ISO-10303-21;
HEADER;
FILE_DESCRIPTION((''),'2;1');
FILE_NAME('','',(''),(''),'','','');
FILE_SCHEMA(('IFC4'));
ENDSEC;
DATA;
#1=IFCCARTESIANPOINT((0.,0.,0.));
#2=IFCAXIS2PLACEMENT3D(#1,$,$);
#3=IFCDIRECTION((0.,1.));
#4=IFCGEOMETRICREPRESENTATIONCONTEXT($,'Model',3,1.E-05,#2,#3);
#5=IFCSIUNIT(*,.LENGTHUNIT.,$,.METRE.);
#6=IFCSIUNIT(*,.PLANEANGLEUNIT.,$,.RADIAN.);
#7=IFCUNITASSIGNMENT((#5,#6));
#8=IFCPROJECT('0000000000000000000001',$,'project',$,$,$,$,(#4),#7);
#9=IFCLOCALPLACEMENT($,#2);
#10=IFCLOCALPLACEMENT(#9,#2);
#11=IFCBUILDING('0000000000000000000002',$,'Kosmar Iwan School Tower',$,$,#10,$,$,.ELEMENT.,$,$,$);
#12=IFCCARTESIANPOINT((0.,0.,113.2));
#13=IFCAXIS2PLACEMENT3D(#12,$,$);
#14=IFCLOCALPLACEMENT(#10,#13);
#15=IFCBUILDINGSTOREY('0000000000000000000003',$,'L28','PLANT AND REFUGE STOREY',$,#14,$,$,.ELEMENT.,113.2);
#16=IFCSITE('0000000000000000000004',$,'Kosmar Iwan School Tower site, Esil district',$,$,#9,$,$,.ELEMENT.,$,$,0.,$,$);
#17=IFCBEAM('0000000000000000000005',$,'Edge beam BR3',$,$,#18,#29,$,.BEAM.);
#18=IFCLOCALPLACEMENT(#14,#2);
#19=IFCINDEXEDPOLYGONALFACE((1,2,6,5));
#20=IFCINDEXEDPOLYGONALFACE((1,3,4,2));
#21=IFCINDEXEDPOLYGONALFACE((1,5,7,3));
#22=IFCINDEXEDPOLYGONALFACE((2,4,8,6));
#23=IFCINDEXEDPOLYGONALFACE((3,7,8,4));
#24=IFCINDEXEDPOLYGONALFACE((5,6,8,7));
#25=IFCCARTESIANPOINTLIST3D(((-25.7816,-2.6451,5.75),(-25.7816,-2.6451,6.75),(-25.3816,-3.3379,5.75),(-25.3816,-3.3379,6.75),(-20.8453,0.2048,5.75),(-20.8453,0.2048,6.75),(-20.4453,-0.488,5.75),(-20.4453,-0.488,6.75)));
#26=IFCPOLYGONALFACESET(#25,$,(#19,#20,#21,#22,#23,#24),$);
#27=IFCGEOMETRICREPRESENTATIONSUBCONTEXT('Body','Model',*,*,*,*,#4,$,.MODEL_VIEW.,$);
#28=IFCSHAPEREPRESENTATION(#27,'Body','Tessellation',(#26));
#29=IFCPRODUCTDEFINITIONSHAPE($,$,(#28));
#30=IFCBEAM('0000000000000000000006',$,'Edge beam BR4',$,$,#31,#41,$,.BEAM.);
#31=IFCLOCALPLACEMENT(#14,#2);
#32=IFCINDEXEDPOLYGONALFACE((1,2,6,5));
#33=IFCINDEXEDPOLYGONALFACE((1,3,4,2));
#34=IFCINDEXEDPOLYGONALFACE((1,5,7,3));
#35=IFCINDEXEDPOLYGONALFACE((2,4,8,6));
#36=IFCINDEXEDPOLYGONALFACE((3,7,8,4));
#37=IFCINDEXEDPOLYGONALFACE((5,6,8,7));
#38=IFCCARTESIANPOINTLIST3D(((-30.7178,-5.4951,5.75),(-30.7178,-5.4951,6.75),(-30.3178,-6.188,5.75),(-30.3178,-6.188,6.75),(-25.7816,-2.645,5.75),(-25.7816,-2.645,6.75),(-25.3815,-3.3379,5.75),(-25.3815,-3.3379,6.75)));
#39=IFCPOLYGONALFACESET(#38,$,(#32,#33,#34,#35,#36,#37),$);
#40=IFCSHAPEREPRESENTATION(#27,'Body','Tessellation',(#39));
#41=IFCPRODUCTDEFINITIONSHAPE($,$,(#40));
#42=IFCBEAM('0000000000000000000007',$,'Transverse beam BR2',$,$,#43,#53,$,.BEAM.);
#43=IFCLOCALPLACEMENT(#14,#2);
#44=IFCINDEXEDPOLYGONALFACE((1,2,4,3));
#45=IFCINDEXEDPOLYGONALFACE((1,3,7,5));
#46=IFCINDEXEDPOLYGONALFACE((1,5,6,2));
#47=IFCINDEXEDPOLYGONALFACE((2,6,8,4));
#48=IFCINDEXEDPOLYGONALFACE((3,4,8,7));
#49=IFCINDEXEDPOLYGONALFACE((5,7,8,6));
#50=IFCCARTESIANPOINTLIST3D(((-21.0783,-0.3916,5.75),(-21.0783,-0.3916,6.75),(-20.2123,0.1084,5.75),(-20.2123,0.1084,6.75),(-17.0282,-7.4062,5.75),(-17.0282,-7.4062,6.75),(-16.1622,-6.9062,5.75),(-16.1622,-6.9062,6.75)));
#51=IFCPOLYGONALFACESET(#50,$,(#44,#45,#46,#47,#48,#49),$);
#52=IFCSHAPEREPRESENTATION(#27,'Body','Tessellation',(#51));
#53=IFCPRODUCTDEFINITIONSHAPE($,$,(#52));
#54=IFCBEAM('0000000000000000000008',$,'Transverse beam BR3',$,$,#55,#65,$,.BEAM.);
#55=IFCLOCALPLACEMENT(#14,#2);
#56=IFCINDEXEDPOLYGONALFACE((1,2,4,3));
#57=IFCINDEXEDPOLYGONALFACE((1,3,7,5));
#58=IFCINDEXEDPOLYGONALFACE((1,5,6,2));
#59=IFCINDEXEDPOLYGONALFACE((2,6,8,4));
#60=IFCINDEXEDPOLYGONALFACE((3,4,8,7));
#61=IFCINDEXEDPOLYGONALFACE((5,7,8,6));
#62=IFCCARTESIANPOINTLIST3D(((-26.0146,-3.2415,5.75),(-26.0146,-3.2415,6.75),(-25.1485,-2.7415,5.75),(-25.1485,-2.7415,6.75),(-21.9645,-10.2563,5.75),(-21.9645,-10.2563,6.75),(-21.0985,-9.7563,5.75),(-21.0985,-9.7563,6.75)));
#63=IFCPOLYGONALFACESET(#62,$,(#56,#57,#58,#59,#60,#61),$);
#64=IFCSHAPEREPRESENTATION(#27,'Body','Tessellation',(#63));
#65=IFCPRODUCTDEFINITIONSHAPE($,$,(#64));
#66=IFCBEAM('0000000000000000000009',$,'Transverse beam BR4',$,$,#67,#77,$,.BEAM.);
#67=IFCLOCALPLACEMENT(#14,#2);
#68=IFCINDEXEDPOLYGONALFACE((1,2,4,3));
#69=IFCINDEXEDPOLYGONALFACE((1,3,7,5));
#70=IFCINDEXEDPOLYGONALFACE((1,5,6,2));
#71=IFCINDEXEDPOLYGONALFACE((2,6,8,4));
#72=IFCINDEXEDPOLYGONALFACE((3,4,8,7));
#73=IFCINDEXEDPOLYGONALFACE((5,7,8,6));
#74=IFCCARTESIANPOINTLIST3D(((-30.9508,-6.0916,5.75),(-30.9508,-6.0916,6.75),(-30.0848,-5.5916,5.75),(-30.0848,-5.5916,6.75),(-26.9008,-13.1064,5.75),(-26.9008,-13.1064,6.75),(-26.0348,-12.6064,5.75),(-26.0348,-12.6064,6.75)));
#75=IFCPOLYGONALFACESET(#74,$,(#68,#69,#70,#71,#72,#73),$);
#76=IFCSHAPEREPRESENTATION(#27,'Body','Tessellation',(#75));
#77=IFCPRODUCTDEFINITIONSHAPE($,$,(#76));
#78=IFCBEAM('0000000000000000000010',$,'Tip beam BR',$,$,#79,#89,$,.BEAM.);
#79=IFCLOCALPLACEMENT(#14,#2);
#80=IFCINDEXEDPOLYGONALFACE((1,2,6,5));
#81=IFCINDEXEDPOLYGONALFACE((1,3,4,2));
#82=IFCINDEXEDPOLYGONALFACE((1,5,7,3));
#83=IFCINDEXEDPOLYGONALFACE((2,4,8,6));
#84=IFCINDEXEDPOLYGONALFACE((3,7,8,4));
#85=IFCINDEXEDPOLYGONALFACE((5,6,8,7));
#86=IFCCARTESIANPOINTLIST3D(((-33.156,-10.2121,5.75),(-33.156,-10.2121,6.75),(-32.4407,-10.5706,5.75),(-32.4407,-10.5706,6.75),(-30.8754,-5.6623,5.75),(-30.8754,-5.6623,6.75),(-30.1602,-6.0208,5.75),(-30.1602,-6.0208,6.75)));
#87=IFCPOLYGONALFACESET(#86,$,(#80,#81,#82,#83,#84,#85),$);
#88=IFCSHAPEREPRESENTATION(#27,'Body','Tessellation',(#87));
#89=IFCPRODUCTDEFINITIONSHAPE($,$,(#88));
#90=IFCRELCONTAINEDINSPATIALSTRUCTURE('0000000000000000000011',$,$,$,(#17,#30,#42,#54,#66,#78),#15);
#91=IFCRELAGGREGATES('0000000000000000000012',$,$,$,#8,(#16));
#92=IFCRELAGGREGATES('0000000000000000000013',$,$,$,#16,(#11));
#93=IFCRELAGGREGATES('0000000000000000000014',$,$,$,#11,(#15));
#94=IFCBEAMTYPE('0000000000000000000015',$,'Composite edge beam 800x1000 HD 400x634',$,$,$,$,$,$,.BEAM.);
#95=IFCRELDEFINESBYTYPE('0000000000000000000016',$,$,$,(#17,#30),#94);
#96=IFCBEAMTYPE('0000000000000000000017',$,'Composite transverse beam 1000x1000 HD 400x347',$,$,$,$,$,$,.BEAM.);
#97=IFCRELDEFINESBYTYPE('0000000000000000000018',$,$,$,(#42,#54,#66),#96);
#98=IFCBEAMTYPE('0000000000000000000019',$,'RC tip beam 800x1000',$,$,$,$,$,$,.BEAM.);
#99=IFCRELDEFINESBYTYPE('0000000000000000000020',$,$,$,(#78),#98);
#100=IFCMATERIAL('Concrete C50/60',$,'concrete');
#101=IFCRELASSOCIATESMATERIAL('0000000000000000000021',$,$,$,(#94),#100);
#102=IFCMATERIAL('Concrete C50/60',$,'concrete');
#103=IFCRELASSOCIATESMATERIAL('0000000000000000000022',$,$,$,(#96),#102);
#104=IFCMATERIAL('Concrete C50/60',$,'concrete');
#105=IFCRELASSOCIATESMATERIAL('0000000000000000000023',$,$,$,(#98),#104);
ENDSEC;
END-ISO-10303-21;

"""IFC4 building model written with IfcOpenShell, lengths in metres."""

from ifc_helpers import new_model, si_unit, direction, frame, origin, origin_2d, place, context, subcontext, project, spatial, rectangle, extrude, material, material_profile, profile_set, type_object, element, save


model = new_model("IFC4")

# Units and contexts
model_context = context("Model", 3, precision=1e-05, world=origin(), true_north=direction((0.0, 1.0)))
body_context = subcontext(model_context, "Body", "Model", "MODEL_VIEW")
ifc_project = project(units=[si_unit("LENGTHUNIT", "METRE"), si_unit("PLANEANGLEUNIT", "RADIAN")], contexts=[model_context])

# Site, building, storey
site_placement = place(None, origin())
site = spatial("IfcSite", under=ifc_project, at=site_placement, Name="Kosmar Iwan School Tower site, Esil district", CompositionType="ELEMENT", RefElevation=0.0)
building_placement = place(site_placement, origin())
building = spatial("IfcBuilding", under=site, at=building_placement, Name="Kosmar Iwan School Tower", CompositionType="ELEMENT")
storey_placement = place(building_placement, frame((0.0, 0.0, 113.2)))
storey = spatial("IfcBuildingStorey", under=building, at=storey_placement, Name="L28", Description="PLANT AND REFUGE STOREY", CompositionType="ELEMENT", Elevation=113.2)

# Beams
ifc_material_1 = material(Name="Concrete C50/60", Category="concrete")
ifc_material_profile_1 = material_profile(ifc_material_1, rectangle(XDim=0.8, YDim=1.0, at=origin_2d()), Name="RC 800x1000 + HD 400x634")
ifc_profile_set_1 = profile_set([ifc_material_profile_1], Name="Concrete C50/60")
beam_type_1 = type_object("IfcBeamType", Name="Composite edge beam 800x1000 HD 400x634", PredefinedType="BEAM", material=ifc_profile_set_1)
for number, where, z_axis, x_axis, name in (
    (1, (-20.6453, -0.1416, 6.25), (-0.866034, -0.499986, 0.0), (0.499986, -0.866034, 0.0), "Edge beam BR3"),
    (2, (-25.5815, -2.9915, 6.25), (-0.866015, -0.500018, 0.0), (0.500018, -0.866015, 0.0), "Edge beam BR4"),
):
    element("IfcBeam", number, at=place(storey_placement, frame(where, z_axis=z_axis, x_axis=x_axis)), inside=storey, type_object=beam_type_1, Name=name, PredefinedType="BEAM", context=body_context, shape_type="SweptSolid", body=[
        extrude(rectangle(XDim=0.8, YDim=1.0, at=origin_2d()), origin(), (0.0, 0.0, 1.0), 5.7),
    ])
ifc_material_2 = material(Name="Concrete C50/60", Category="concrete")
ifc_material_profile_2 = material_profile(ifc_material_2, rectangle(XDim=1.0, YDim=1.0, at=origin_2d()), Name="RC 1000x1000 + HD 400x347")
ifc_profile_set_2 = profile_set([ifc_material_profile_2], Name="Concrete C50/60")
beam_type_2 = type_object("IfcBeamType", Name="Composite transverse beam 1000x1000 HD 400x347", PredefinedType="BEAM", material=ifc_profile_set_2)
beam_1_placement = place(storey_placement, frame((-20.6453, -0.1416, 6.25), z_axis=(0.500013, -0.866018, 0.0), x_axis=(0.866018, 0.500013, 0.0)))
element("IfcBeam", 3, at=beam_1_placement, inside=storey, type_object=beam_type_2, Name="Transverse beam BR2", PredefinedType="BEAM", context=body_context, shape_type="SweptSolid", body=[
    extrude(rectangle(XDim=1.0, YDim=1.0, at=origin_2d()), origin(), (0.0, 0.0, 1.0), 8.0999),
])
for number, where, z_axis, x_axis, name in (
    (4, (-25.5815, -2.9915, 6.25), (0.5, -0.866025, 0.0), (0.866025, 0.5, 0.0), "Transverse beam BR3"),
    (5, (-30.5178, -5.8416, 6.25), (0.5, -0.866025, 0.0), (0.866025, 0.5, 0.0), "Transverse beam BR4"),
):
    element("IfcBeam", number, at=place(storey_placement, frame(where, z_axis=z_axis, x_axis=x_axis)), inside=storey, type_object=beam_type_2, Name=name, PredefinedType="BEAM", context=body_context, shape_type="SweptSolid", body=[
        extrude(rectangle(XDim=1.0, YDim=1.0, at=origin_2d()), origin(), (0.0, 0.0, 1.0), 8.1001),
    ])
ifc_material_3 = material(Name="Concrete C50/60", Category="concrete")
ifc_material_profile_3 = material_profile(ifc_material_3, rectangle(XDim=0.8, YDim=1.0, at=origin_2d()), Name="RC 800x1000")
ifc_profile_set_3 = profile_set([ifc_material_profile_3], Name="Concrete C50/60")
beam_type_3 = type_object("IfcBeamType", Name="RC tip beam 800x1000", PredefinedType="BEAM", material=ifc_profile_set_3)
beam_2_placement = place(storey_placement, frame((-30.5178, -5.8416, 6.25), z_axis=(-0.448096, -0.893985, 0.0), x_axis=(0.893985, -0.448096, 0.0)))
element("IfcBeam", 6, at=beam_2_placement, inside=storey, type_object=beam_type_3, Name="Tip beam BR", PredefinedType="BEAM", context=body_context, shape_type="SweptSolid", body=[
    extrude(rectangle(XDim=0.8, YDim=1.0, at=origin_2d()), origin(), (0.0, 0.0, 1.0), 5.0894),
])

save(model, "model.ifc")
